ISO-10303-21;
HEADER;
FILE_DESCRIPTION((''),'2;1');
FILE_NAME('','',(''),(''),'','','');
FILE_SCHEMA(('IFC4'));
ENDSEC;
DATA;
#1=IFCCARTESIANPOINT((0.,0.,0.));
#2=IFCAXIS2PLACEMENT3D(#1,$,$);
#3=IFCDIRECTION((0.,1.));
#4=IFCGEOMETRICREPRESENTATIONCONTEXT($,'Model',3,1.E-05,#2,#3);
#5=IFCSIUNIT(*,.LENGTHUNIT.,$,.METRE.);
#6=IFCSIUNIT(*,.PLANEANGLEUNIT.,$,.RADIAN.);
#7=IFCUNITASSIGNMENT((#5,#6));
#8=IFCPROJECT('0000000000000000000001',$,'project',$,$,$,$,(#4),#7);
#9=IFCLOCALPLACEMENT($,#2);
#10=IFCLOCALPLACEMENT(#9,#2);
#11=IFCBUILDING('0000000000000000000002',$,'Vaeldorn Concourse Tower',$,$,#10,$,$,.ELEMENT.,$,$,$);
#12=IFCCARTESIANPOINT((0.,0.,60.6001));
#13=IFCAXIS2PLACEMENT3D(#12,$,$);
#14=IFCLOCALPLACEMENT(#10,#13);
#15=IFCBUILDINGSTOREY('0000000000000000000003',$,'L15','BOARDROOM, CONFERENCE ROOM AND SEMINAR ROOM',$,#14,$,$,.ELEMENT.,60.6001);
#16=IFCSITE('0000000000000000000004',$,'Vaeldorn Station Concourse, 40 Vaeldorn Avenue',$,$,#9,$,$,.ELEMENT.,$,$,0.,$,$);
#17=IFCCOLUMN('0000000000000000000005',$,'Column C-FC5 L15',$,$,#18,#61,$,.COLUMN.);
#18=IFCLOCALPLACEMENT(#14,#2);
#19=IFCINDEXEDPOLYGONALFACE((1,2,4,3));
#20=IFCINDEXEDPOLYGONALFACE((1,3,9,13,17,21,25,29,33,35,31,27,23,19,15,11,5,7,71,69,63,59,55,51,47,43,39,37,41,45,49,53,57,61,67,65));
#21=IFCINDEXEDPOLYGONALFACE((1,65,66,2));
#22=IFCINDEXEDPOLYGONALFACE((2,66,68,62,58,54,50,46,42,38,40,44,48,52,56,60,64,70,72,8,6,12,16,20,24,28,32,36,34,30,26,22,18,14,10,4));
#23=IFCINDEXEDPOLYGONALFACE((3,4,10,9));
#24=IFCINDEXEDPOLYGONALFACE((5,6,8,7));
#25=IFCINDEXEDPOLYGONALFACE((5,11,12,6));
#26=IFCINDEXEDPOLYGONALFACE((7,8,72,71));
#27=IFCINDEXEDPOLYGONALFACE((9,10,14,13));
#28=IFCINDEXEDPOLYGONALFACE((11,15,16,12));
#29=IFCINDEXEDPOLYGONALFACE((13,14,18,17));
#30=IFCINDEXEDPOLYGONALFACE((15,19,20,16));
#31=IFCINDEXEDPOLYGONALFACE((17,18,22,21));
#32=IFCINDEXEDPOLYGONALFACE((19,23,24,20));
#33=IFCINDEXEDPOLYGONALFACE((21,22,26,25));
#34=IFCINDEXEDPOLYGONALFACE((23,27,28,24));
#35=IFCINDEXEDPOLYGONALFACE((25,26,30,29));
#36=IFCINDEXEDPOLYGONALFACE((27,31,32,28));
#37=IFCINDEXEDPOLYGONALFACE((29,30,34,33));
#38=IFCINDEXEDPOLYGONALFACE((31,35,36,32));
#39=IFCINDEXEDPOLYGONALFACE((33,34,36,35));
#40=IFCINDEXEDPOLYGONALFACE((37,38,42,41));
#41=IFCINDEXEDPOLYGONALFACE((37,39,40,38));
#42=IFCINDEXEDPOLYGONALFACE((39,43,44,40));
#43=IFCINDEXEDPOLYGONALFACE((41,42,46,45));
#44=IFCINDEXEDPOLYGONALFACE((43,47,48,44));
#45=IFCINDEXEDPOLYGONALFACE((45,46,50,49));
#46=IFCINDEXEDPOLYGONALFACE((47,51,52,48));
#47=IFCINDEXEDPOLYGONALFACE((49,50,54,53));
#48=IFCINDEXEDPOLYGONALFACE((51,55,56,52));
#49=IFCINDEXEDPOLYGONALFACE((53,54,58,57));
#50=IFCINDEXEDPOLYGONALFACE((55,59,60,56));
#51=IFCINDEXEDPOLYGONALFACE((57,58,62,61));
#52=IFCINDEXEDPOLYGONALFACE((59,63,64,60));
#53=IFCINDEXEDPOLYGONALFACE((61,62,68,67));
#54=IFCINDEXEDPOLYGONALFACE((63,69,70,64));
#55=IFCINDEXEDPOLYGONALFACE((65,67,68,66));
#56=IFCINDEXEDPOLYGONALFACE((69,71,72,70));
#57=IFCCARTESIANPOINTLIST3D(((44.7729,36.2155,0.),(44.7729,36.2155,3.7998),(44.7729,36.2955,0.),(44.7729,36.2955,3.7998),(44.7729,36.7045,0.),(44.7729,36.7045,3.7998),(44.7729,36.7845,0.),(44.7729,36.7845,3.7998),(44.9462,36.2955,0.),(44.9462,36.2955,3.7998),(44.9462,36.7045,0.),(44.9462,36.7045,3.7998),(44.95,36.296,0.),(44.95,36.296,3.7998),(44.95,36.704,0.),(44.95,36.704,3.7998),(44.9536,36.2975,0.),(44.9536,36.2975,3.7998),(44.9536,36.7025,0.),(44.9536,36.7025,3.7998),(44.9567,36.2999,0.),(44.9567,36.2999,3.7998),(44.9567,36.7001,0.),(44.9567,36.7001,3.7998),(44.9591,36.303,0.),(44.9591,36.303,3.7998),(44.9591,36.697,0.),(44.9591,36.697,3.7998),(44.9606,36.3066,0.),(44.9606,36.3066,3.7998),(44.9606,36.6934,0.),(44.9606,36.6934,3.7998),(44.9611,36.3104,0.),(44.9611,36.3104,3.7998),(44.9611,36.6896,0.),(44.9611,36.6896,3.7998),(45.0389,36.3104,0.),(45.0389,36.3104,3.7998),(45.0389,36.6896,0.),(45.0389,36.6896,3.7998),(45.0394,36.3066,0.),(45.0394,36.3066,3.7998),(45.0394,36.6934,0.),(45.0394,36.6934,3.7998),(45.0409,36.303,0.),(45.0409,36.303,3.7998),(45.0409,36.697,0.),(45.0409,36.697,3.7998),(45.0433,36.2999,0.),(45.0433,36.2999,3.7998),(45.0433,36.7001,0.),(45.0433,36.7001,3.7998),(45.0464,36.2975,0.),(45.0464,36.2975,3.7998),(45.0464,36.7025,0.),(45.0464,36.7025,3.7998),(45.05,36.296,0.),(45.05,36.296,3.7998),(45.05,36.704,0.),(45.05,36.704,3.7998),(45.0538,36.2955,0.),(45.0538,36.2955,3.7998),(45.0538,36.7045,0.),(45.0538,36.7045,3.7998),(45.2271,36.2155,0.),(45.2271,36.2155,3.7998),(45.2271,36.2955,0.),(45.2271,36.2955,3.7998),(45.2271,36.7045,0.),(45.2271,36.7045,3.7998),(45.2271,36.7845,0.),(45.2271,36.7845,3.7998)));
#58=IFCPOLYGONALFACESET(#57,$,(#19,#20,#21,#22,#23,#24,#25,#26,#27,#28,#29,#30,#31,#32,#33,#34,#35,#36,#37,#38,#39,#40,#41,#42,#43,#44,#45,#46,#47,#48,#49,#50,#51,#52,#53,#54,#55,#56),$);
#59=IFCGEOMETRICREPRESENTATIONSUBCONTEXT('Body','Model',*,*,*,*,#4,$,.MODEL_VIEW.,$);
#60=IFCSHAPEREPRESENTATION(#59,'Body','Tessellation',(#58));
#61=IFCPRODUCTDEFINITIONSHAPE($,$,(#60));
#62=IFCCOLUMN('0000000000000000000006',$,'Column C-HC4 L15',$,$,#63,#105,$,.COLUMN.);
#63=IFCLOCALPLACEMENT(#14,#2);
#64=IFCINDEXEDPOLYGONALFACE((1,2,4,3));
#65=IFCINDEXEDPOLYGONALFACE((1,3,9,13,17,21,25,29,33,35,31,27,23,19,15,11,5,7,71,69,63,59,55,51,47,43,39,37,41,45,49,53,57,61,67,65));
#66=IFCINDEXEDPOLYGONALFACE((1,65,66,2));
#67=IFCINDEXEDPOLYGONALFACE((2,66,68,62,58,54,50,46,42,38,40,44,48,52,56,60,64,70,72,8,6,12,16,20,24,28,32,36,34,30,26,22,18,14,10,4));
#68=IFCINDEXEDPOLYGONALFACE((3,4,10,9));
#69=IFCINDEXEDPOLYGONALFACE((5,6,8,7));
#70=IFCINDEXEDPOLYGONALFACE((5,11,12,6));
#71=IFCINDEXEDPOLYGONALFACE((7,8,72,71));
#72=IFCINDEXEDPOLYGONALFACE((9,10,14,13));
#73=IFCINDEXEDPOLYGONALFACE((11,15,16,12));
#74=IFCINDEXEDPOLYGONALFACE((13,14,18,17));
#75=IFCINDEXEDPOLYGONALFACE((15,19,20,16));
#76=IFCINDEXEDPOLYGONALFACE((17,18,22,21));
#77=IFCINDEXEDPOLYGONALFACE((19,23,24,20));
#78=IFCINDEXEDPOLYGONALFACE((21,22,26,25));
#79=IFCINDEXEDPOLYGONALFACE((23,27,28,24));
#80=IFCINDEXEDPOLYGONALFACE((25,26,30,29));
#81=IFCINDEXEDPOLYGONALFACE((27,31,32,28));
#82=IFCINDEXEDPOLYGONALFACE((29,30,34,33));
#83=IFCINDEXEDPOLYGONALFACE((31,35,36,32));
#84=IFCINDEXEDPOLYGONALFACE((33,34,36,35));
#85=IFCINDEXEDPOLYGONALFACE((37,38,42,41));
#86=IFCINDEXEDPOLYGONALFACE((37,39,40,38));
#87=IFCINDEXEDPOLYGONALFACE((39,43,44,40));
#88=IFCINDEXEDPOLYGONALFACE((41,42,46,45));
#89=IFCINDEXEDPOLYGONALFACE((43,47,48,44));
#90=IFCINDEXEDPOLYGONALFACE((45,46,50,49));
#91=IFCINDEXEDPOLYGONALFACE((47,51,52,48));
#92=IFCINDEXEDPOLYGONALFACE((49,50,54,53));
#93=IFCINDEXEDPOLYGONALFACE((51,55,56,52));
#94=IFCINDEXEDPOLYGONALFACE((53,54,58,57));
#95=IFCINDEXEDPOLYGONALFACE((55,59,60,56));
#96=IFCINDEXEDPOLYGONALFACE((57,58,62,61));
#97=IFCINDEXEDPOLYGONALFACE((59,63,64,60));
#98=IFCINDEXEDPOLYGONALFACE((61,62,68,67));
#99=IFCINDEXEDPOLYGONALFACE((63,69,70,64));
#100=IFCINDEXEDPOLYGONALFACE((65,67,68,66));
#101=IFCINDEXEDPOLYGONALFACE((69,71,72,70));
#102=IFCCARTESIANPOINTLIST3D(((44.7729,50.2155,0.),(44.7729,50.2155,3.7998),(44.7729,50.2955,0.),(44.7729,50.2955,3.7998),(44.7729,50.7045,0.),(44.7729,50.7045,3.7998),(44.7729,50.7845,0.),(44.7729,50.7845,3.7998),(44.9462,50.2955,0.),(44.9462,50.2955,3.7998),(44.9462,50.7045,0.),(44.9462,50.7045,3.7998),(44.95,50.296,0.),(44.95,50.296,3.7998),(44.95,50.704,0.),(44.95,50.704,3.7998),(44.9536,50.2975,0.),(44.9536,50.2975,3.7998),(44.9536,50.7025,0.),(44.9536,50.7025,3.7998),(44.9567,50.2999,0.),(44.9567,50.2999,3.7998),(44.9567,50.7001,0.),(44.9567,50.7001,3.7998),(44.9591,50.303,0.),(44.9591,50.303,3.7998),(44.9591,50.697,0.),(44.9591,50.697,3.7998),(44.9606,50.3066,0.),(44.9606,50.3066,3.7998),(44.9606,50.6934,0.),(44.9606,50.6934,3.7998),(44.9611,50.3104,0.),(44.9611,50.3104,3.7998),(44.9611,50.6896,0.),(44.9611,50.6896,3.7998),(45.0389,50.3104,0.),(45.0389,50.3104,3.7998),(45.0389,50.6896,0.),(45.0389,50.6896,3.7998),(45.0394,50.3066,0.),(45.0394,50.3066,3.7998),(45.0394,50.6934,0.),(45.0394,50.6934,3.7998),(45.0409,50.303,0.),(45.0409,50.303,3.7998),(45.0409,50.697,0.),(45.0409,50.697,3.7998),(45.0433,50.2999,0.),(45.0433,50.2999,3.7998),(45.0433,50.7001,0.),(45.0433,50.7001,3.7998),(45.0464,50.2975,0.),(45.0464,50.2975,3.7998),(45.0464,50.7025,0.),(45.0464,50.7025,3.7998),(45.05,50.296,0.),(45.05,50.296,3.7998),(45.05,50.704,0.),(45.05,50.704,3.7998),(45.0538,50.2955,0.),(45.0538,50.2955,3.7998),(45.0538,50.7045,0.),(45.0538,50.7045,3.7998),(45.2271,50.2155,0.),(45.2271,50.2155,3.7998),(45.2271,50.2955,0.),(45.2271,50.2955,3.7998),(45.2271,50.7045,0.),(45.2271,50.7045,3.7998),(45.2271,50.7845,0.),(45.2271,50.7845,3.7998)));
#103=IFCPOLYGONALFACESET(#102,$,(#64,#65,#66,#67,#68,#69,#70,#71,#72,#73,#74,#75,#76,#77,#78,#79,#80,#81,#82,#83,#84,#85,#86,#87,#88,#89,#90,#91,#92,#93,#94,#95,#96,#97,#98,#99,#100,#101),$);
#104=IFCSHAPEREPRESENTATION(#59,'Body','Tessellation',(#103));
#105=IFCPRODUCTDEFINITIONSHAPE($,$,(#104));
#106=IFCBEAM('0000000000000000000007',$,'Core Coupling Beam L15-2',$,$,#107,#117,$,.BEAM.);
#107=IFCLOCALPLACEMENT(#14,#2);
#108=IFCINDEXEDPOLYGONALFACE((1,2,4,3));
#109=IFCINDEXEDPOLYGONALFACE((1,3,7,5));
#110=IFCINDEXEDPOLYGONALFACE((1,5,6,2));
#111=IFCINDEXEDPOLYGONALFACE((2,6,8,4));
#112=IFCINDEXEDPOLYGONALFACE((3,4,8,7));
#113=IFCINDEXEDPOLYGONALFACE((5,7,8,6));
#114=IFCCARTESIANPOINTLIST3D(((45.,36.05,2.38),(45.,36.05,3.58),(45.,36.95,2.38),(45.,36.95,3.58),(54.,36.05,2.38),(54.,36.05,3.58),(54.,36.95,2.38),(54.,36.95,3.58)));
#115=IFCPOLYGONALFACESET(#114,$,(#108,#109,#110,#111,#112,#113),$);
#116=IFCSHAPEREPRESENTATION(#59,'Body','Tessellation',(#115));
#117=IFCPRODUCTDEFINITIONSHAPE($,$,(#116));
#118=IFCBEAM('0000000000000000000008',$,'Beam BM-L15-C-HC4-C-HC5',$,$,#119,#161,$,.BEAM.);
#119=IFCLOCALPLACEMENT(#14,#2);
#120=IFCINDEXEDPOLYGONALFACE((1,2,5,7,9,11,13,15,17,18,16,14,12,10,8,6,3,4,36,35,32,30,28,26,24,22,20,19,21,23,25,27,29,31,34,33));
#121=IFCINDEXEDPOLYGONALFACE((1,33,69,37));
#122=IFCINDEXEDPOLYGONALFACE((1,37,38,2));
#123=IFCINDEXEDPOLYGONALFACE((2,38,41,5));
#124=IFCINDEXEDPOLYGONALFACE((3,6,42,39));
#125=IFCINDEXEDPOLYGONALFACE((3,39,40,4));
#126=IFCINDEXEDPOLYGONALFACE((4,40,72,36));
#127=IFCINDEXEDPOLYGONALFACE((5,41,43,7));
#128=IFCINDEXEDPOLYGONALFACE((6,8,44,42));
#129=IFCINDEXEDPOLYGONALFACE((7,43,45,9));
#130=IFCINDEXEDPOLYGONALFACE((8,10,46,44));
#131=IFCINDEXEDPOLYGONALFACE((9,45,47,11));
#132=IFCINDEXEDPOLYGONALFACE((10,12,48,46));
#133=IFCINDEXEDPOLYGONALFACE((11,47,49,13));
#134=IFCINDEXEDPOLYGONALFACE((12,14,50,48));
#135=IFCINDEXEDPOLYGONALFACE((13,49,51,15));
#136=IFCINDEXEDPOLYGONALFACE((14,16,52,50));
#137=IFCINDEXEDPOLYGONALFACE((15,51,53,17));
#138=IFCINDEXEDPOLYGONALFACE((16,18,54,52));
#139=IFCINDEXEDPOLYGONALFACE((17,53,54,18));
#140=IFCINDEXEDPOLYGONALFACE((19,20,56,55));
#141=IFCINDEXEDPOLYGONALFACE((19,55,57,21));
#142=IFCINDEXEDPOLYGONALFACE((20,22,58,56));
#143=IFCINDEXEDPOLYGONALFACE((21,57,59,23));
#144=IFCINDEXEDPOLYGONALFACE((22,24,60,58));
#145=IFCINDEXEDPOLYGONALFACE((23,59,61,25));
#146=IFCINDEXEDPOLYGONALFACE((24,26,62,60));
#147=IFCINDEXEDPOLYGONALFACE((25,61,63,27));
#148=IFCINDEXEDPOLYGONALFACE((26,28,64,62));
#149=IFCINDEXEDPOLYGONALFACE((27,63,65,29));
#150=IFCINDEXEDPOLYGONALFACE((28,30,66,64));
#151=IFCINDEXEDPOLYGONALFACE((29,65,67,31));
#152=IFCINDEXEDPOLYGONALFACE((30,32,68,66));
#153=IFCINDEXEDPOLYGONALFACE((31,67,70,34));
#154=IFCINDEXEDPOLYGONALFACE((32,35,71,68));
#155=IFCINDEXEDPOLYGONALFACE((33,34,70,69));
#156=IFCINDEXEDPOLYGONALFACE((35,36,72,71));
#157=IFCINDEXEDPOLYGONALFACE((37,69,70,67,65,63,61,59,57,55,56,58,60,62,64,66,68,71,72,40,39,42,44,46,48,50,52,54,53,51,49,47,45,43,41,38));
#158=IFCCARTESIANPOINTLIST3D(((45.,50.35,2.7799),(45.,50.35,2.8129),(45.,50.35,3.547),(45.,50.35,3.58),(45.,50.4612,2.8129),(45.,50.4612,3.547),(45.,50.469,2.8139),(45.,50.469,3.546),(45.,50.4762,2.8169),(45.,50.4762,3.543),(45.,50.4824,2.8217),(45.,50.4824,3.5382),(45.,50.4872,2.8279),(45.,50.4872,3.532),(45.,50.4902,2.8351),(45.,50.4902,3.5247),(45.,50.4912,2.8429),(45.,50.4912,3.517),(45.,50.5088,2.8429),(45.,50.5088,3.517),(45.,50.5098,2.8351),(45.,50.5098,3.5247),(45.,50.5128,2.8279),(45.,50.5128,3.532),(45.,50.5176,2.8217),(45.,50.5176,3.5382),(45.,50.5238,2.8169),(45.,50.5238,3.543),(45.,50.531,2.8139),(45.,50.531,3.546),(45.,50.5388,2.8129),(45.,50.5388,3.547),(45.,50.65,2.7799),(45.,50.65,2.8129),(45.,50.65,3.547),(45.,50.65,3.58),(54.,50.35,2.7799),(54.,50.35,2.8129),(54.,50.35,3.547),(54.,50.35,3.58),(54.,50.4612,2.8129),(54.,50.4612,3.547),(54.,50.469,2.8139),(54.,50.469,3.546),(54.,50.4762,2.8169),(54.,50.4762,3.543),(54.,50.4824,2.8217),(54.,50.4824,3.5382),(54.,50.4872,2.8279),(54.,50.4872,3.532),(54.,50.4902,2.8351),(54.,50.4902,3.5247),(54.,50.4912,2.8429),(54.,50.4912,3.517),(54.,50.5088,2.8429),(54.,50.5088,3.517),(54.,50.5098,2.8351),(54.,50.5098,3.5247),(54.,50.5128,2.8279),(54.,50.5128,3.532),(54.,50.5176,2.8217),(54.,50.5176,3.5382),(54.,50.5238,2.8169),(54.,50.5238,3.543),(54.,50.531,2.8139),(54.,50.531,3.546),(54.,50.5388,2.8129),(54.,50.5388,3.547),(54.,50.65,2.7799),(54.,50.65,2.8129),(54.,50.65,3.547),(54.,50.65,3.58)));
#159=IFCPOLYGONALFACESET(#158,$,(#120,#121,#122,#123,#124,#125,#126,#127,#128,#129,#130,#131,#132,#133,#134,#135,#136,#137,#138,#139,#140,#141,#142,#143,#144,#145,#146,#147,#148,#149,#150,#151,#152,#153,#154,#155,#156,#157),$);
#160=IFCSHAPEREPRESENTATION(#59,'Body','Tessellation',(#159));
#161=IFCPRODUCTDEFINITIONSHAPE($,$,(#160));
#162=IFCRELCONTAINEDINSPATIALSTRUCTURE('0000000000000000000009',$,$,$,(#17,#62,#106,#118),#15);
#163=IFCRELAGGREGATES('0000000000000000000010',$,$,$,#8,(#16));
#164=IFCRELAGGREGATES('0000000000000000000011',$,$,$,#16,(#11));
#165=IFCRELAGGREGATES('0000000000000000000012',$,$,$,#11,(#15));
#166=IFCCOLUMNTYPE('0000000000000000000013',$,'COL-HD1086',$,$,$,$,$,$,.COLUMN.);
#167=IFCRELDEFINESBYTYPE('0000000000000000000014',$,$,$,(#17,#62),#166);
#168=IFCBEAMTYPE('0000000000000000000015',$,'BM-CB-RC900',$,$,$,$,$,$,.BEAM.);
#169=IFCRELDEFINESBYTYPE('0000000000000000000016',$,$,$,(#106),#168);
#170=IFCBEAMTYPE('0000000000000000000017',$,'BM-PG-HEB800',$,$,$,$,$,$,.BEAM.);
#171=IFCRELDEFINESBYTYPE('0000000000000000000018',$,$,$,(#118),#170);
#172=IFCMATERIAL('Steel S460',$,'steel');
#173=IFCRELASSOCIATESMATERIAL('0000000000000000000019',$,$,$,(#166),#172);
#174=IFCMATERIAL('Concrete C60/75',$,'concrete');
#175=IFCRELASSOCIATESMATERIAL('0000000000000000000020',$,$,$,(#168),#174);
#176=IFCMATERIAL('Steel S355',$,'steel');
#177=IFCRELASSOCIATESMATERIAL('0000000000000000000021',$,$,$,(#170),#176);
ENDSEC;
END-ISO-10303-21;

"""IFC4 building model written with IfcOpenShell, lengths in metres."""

from ifc_helpers import new_model, si_unit, direction, frame, origin, origin_2d, place, context, subcontext, project, spatial, rectangle, i_section, extrude, source, transform, mapped, material, material_profile, profile_set, type_object, element, save


model = new_model("IFC4")

# Units and contexts
model_context = context("Model", 3, precision=1e-05, world=origin(), true_north=direction((0.0, 1.0)))
body_context = subcontext(model_context, "Body", "Model", "MODEL_VIEW")
ifc_project = project(units=[si_unit("LENGTHUNIT", "METRE"), si_unit("PLANEANGLEUNIT", "RADIAN")], contexts=[model_context])

# Site, building, storey
site_placement = place(None, origin())
site = spatial("IfcSite", under=ifc_project, at=site_placement, Name="Vaeldorn Station Concourse, 40 Vaeldorn Avenue", CompositionType="ELEMENT", RefElevation=0.0)
building_placement = place(site_placement, origin())
building = spatial("IfcBuilding", under=site, at=building_placement, Name="Vaeldorn Concourse Tower", CompositionType="ELEMENT")
storey_placement = place(building_placement, frame((0.0, 0.0, 60.6001)))
storey = spatial("IfcBuildingStorey", under=building, at=storey_placement, Name="L15", Description="BOARDROOM, CONFERENCE ROOM AND SEMINAR ROOM", CompositionType="ELEMENT", Elevation=60.6001)

# Columns
ifc_material_1 = material(Name="Steel S460", Category="steel")
ifc_material_profile_1 = material_profile(ifc_material_1, i_section(OverallWidth=0.4541, OverallDepth=0.5691, WebThickness=0.0779, FlangeThickness=0.0801, FilletRadius=0.0149, at=origin_2d()), Name="HD 400x1086")
ifc_profile_set_1 = profile_set([ifc_material_profile_1], Name="Steel S460")
column_type = type_object("IfcColumnType", Name="COL-HD1086", PredefinedType="COLUMN", material=ifc_profile_set_1)
shared_shape_1 = source(origin(), body_context, "Body", "SweptSolid", [
    extrude(i_section(OverallWidth=0.4541, OverallDepth=0.5691, WebThickness=0.0779, FlangeThickness=0.0801, FilletRadius=0.0149, at=origin_2d()), origin(), (0.0, 0.0, 1.0), 3.7998),
])
for number, where, z_axis, x_axis, name in (
    (1, (45.0, 36.5, 0.0), (0.0, 0.0, 1.0), (1.0, 0.0, 0.0), "Column C-FC5 L15"),
    (2, (45.0, 50.5, 0.0), (0.0, 0.0, 1.0), (1.0, 0.0, 0.0), "Column C-HC4 L15"),
):
    element("IfcColumn", number, at=place(storey_placement, frame(where, z_axis=z_axis, x_axis=x_axis)), inside=storey, type_object=column_type, Name=name, PredefinedType="COLUMN", context=body_context, shape_type="MappedRepresentation", body=[
        mapped(shared_shape_1, transform((0.0, 0.0, 0.0), scale=1.0)),
    ])

# Beams
ifc_material_2 = material(Name="Concrete C60/75", Category="concrete")
ifc_material_profile_2 = material_profile(ifc_material_2, rectangle(XDim=0.8999, YDim=1.2, at=origin_2d()), Name="RC 900x1200")
ifc_profile_set_2 = profile_set([ifc_material_profile_2], Name="Concrete C60/75")
beam_type_1 = type_object("IfcBeamType", Name="BM-CB-RC900", PredefinedType="BEAM", material=ifc_profile_set_2)
shared_shape_2 = source(origin(), body_context, "Body", "SweptSolid", [
    extrude(rectangle(XDim=0.8999, YDim=1.2, at=origin_2d()), origin(), (0.0, 0.0, 1.0), 9.0),
])
beam_1_placement = place(storey_placement, frame((45.0, 36.5, 2.98), z_axis=(1.0, 0.0, 0.0), x_axis=(0.0, 1.0, 0.0)))
element("IfcBeam", 3, at=beam_1_placement, inside=storey, type_object=beam_type_1, Name="Core Coupling Beam L15-2", PredefinedType="BEAM", context=body_context, shape_type="MappedRepresentation", body=[
    mapped(shared_shape_2, transform((0.0, 0.0, 0.0), scale=1.0)),
])
ifc_material_3 = material(Name="Steel S355", Category="steel")
ifc_material_profile_3 = material_profile(ifc_material_3, i_section(OverallWidth=0.3, OverallDepth=0.8, WebThickness=0.0176, FlangeThickness=0.033, FilletRadius=0.03, at=origin_2d()), Name="HEB 800")
ifc_profile_set_3 = profile_set([ifc_material_profile_3], Name="Steel S355")
beam_type_2 = type_object("IfcBeamType", Name="BM-PG-HEB800", PredefinedType="BEAM", material=ifc_profile_set_3)
shared_shape_3 = source(origin(), body_context, "Body", "SweptSolid", [
    extrude(i_section(OverallWidth=0.3, OverallDepth=0.8, WebThickness=0.0176, FlangeThickness=0.033, FilletRadius=0.03, at=origin_2d()), origin(), (0.0, 0.0, 1.0), 9.0),
])
beam_2_placement = place(storey_placement, frame((45.0, 50.5, 3.1799), z_axis=(1.0, 0.0, 0.0), x_axis=(0.0, 1.0, 0.0)))
element("IfcBeam", 4, at=beam_2_placement, inside=storey, type_object=beam_type_2, Name="Beam BM-L15-C-HC4-C-HC5", PredefinedType="BEAM", context=body_context, shape_type="MappedRepresentation", body=[
    mapped(shared_shape_3, transform((0.0, 0.0, 0.0), scale=1.0)),
])

save(model, "model.ifc")
